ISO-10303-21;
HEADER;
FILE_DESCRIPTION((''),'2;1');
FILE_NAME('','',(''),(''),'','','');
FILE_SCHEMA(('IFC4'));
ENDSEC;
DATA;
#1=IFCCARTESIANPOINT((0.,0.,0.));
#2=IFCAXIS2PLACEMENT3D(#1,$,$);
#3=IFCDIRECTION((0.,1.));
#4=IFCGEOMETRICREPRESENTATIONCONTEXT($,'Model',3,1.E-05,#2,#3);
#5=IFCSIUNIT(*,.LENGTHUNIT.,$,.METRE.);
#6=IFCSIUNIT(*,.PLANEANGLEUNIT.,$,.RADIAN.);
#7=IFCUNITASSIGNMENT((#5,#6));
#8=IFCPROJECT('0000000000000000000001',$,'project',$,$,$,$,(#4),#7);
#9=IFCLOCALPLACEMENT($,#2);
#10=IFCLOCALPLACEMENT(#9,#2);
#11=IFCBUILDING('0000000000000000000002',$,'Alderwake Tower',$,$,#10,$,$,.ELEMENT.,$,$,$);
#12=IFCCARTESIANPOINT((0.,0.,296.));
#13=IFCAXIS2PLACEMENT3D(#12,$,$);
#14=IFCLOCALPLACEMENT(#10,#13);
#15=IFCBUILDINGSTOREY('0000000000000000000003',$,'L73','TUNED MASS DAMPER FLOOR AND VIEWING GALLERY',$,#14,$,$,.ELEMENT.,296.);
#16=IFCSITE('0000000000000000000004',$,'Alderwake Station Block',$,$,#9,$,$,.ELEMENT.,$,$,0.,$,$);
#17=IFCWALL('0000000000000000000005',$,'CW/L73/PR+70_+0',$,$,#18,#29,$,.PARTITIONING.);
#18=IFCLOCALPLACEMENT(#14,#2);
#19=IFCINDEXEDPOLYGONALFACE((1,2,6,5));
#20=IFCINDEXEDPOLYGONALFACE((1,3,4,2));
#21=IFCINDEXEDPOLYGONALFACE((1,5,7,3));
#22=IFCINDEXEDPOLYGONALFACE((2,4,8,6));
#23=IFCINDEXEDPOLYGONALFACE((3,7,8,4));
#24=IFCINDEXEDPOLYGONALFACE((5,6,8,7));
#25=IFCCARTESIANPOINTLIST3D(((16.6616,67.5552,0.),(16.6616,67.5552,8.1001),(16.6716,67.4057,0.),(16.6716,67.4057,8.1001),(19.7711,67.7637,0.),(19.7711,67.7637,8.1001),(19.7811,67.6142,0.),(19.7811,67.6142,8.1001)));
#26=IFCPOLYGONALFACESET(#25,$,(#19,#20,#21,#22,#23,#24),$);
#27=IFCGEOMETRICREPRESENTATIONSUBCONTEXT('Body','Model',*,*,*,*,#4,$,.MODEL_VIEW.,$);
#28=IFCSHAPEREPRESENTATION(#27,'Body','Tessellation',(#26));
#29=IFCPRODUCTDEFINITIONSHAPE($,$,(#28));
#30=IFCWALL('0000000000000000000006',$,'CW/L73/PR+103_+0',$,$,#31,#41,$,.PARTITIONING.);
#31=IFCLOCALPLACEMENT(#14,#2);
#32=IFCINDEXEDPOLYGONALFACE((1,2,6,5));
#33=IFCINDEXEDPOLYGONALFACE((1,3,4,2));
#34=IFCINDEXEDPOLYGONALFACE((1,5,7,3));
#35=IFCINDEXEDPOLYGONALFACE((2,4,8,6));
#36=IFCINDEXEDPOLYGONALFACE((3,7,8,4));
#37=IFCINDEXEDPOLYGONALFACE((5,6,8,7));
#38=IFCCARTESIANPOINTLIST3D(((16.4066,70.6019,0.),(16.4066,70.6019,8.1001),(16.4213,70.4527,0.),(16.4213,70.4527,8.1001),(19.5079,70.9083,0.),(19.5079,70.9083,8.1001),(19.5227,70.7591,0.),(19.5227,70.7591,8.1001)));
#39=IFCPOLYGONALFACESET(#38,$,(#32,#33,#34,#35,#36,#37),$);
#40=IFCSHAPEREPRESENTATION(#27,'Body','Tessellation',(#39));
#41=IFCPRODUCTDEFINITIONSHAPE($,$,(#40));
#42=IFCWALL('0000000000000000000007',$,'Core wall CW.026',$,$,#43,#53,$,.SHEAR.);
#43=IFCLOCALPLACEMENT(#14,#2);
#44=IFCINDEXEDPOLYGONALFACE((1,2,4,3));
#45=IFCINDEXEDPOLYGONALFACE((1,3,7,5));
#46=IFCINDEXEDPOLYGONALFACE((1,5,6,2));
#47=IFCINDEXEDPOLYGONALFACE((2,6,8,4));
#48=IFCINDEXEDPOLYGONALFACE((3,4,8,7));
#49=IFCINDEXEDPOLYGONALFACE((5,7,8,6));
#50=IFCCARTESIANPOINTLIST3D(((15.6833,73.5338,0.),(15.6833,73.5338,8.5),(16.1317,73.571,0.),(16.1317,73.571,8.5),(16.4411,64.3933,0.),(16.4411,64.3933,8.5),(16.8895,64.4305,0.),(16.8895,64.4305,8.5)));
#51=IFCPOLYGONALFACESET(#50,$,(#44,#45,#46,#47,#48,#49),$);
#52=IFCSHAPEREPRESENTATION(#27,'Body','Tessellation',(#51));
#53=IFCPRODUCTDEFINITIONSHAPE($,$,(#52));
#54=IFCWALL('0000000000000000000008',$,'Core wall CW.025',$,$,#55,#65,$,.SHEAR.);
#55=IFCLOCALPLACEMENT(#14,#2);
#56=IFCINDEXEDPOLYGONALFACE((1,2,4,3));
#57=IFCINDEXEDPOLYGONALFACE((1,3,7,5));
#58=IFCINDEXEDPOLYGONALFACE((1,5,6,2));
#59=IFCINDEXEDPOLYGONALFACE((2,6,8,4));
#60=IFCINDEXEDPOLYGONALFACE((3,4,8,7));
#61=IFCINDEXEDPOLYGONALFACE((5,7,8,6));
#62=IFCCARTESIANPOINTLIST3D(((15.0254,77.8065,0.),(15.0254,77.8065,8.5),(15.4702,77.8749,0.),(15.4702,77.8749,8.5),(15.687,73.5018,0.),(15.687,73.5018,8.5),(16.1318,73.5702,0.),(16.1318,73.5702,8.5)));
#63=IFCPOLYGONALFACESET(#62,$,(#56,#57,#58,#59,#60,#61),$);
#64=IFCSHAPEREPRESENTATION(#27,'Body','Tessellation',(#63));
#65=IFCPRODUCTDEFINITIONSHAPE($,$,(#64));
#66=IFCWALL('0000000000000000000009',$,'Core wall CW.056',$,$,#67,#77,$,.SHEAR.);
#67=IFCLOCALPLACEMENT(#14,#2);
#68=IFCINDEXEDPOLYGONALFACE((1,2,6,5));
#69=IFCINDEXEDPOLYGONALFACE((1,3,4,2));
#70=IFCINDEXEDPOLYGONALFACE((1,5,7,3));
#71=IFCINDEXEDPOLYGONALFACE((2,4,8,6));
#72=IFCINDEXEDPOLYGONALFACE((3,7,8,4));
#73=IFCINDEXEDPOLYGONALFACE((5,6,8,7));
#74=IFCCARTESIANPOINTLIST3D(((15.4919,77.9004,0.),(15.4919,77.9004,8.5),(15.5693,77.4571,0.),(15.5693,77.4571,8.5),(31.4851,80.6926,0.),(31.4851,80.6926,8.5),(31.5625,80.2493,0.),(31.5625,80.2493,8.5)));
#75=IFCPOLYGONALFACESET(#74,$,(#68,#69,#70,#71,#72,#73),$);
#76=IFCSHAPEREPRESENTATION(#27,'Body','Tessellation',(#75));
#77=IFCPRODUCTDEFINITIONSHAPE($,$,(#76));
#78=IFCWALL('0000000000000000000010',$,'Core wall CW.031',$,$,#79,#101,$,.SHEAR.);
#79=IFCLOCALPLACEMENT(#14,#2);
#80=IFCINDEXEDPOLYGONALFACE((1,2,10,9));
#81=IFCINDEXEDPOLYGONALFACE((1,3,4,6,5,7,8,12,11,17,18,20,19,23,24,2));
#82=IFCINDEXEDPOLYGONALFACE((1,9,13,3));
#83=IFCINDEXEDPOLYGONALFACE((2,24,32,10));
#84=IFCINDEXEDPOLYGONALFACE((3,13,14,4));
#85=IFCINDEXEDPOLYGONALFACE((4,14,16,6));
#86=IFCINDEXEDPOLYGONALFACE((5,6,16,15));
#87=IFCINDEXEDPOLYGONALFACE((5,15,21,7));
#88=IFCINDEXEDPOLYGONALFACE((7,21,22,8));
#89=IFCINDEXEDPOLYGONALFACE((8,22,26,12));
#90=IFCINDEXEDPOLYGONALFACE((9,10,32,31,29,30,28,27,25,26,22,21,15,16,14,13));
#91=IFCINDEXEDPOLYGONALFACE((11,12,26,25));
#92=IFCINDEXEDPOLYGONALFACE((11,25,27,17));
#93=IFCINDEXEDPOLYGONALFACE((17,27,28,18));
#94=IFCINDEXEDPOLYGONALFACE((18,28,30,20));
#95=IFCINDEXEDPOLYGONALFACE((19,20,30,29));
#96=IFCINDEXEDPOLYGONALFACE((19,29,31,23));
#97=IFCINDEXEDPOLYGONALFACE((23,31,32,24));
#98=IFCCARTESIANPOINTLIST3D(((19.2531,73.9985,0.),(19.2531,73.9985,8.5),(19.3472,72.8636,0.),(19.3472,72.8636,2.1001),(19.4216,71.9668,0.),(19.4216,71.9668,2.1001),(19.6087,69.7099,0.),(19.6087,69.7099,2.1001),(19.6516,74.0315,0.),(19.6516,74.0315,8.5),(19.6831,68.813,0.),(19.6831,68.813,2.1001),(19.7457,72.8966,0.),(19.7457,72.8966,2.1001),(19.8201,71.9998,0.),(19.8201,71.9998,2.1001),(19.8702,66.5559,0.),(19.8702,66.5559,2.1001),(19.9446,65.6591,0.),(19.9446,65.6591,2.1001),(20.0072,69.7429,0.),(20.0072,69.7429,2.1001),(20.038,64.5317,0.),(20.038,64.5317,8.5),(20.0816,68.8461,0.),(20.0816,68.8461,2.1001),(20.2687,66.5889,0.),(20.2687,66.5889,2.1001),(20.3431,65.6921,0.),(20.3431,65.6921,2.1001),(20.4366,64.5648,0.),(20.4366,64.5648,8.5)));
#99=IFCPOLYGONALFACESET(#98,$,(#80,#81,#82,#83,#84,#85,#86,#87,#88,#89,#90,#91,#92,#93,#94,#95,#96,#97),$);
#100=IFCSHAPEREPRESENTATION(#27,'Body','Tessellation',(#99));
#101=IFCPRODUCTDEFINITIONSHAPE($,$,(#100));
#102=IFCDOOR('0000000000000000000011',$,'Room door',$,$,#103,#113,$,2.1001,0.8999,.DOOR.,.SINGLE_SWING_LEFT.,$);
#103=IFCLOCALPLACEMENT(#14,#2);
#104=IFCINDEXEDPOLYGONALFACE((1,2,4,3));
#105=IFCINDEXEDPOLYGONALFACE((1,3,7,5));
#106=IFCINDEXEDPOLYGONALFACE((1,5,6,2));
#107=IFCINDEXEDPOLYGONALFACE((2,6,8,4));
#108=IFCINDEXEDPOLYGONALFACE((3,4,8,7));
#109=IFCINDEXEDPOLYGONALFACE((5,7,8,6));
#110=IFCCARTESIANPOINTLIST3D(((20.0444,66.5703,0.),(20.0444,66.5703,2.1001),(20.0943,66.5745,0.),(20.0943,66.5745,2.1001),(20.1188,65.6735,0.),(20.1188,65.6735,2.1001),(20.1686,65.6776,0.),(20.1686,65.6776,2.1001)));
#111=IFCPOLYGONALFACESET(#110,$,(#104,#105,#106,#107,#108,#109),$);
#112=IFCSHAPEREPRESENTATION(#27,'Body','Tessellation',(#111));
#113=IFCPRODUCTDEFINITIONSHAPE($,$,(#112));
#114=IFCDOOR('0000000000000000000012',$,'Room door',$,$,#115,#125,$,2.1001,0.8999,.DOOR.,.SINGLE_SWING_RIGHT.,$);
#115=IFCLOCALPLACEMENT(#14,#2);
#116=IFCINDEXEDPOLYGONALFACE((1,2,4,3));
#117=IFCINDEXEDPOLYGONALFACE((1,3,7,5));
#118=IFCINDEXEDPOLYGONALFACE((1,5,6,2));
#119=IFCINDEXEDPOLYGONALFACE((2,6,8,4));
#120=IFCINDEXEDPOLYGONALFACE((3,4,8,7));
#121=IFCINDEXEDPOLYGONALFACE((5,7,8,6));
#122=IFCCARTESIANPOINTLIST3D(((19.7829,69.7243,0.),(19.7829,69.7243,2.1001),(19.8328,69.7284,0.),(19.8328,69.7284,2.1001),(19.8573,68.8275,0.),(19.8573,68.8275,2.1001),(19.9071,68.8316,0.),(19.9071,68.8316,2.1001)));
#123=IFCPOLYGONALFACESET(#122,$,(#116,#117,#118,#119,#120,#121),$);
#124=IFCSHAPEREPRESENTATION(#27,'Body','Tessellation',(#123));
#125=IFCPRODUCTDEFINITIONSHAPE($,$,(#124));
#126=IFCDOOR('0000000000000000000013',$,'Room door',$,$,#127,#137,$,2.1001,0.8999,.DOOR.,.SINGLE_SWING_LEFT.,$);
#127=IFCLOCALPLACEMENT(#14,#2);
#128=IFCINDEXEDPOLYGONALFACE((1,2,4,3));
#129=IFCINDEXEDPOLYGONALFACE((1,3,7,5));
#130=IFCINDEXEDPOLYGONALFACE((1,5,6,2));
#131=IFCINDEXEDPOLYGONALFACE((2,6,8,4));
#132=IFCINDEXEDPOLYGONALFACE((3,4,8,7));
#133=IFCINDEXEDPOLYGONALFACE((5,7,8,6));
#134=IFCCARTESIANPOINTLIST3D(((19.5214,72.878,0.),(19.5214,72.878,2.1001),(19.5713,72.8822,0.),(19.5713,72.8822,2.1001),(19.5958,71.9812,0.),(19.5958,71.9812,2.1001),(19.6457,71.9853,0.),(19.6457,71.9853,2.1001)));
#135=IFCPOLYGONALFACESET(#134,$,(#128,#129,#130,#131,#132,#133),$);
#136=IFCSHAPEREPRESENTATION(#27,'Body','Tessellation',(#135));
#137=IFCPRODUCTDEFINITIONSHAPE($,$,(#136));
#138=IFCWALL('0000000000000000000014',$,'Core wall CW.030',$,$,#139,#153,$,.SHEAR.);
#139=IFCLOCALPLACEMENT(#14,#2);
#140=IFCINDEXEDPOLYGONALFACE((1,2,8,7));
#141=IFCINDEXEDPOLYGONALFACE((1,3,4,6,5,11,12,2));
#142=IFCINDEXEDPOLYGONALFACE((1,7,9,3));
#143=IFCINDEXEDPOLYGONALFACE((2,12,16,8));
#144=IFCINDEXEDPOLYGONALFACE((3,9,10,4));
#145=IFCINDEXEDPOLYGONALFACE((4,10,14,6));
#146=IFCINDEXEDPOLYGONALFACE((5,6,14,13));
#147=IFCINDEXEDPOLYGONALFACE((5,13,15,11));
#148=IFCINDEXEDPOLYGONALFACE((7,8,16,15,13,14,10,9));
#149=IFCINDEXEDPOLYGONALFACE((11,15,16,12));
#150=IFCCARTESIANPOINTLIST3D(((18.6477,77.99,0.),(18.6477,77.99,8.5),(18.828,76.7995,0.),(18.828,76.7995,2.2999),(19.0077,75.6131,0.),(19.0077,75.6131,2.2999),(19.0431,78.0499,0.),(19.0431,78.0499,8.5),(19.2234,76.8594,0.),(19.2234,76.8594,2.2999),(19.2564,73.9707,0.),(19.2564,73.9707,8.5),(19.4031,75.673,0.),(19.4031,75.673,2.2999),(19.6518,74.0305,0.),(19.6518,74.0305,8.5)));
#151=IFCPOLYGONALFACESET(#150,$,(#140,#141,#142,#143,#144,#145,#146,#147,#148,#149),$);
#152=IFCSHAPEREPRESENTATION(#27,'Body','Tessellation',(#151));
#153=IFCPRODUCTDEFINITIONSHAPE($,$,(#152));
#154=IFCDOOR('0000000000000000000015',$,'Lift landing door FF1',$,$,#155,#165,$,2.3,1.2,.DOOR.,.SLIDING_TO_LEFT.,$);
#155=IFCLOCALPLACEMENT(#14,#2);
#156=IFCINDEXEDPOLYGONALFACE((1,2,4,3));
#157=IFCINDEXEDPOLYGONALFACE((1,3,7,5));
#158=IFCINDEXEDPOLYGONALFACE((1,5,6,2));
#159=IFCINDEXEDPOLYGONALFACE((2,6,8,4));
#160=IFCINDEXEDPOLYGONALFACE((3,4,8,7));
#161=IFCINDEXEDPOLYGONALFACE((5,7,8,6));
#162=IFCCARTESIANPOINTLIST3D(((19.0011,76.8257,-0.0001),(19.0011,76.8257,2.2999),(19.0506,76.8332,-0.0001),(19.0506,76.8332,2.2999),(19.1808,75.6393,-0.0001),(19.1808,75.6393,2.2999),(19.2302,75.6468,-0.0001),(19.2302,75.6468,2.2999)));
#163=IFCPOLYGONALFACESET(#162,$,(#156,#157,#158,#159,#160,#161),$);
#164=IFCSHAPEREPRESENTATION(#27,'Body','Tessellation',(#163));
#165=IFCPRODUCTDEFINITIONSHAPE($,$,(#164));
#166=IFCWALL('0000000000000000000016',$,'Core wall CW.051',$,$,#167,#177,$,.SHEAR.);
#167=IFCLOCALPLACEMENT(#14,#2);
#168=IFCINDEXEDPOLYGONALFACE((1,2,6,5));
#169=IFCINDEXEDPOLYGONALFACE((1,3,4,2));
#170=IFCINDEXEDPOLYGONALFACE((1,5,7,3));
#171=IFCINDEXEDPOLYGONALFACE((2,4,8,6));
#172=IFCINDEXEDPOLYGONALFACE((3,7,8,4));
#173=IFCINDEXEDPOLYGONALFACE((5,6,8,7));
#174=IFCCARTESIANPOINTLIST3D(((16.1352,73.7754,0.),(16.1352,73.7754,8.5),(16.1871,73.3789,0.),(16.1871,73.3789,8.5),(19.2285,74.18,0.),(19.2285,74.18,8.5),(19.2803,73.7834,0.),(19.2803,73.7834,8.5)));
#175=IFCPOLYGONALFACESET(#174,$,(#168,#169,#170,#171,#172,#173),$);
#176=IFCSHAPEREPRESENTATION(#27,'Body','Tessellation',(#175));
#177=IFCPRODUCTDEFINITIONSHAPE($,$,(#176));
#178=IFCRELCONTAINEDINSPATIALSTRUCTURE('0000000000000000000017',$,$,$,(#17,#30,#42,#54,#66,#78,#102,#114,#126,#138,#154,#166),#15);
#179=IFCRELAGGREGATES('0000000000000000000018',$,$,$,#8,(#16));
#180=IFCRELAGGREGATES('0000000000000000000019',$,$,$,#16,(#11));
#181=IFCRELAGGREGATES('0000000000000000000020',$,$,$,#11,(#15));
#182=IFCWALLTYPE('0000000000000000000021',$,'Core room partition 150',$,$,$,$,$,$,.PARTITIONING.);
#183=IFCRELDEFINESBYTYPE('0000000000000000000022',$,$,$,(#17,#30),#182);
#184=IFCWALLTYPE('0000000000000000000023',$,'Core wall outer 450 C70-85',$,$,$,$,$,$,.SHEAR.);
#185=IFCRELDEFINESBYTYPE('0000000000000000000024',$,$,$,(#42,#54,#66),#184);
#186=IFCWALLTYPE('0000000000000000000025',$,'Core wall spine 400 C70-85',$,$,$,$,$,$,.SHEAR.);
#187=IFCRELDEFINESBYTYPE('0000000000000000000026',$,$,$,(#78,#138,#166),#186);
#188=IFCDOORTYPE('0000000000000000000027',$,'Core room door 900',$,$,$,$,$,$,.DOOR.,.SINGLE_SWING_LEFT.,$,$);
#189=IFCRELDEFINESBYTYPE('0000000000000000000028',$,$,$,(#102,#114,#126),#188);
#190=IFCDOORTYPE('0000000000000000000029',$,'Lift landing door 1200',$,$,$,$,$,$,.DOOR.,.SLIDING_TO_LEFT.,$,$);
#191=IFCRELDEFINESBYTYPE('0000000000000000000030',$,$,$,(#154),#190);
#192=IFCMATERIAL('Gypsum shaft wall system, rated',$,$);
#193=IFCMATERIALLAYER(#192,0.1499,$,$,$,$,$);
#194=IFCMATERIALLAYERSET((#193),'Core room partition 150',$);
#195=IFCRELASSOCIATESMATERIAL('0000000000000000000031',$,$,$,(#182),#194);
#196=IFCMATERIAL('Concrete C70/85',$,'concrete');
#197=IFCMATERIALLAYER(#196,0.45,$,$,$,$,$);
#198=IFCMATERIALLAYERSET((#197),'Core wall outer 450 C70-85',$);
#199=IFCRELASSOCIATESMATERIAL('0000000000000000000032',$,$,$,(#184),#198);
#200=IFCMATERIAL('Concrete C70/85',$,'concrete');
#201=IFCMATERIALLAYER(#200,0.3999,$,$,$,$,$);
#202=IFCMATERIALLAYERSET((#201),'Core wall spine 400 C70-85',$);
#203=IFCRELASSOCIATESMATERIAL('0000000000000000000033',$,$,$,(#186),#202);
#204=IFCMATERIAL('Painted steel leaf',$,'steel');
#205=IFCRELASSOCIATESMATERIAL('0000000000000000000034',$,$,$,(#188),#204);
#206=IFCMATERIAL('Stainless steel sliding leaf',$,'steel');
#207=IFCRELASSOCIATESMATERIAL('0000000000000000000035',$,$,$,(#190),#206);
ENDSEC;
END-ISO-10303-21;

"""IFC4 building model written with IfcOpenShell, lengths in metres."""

from ifc_helpers import new_model, si_unit, direction, frame, frame_2d, origin, place, context, subcontext, project, spatial, rectangle, extrude, material, layer, layer_set, type_object, element, fill, save


model = new_model("IFC4")

# Units and contexts
model_context = context("Model", 3, precision=1e-05, world=origin(), true_north=direction((0.0, 1.0)))
body_context = subcontext(model_context, "Body", "Model", "MODEL_VIEW")
ifc_project = project(units=[si_unit("LENGTHUNIT", "METRE"), si_unit("PLANEANGLEUNIT", "RADIAN")], contexts=[model_context])

# Site, building, storey
site_placement = place(None, origin())
site = spatial("IfcSite", under=ifc_project, at=site_placement, Name="Alderwake Station Block", CompositionType="ELEMENT", RefElevation=0.0)
building_placement = place(site_placement, origin())
building = spatial("IfcBuilding", under=site, at=building_placement, Name="Alderwake Tower", CompositionType="ELEMENT")
storey_placement = place(building_placement, frame((0.0, 0.0, 296.0)))
storey = spatial("IfcBuildingStorey", under=building, at=storey_placement, Name="L73", Description="TUNED MASS DAMPER FLOOR AND VIEWING GALLERY", CompositionType="ELEMENT", Elevation=296.0)

# Shared definitions
ifc_material_1 = material(Name="Gypsum shaft wall system, rated")
ifc_layer_1 = layer(ifc_material_1, 0.1499)
ifc_layer_set_1 = layer_set([ifc_layer_1], Name="Core room partition 150")
wall_type_1 = type_object("IfcWallType", Name="Core room partition 150", PredefinedType="PARTITIONING", material=ifc_layer_set_1)

# Walls
for number, where, z_axis, x_axis, name in (
    (1, (16.6667, 67.4805, 0.0), (0.0, 0.0, 1.0), (0.997759, 0.066904, 0.0), "CW/L73/PR+70_+0"),
    (2, (16.4141, 70.5273, 0.0), (0.0, 0.0, 1.0), (0.995155, 0.098317, 0.0), "CW/L73/PR+103_+0"),
):
    element("IfcWall", number, at=place(storey_placement, frame(where, z_axis=z_axis, x_axis=x_axis)), inside=storey, type_object=wall_type_1, Name=name, PredefinedType="PARTITIONING", context=body_context, shape_type="SweptSolid", body=[
        extrude(rectangle(XDim=3.1165, YDim=0.1499, at=frame_2d((1.5581, 0.0))), origin(), (0.0, 0.0, 1.0), 8.1001),
    ])
ifc_material_2 = material(Name="Concrete C70/85", Category="concrete")
ifc_layer_2 = layer(ifc_material_2, 0.45)
ifc_layer_set_2 = layer_set([ifc_layer_2], Name="Core wall outer 450 C70-85")
wall_type_2 = type_object("IfcWallType", Name="Core wall outer 450 C70-85", PredefinedType="SHEAR", material=ifc_layer_set_2)
wall_1_placement = place(storey_placement, frame((16.6653, 64.4119, 0.0), z_axis=(0.0, 0.0, 1.0), x_axis=(-0.082623, 0.996581, 0.0)))
element("IfcWall", 3, at=wall_1_placement, inside=storey, type_object=wall_type_2, Name="Core wall CW.026", PredefinedType="SHEAR", context=body_context, shape_type="SweptSolid", body=[
    extrude(rectangle(XDim=9.1719, YDim=0.45, at=frame_2d((4.5859, 0.0))), origin(), (0.0, 0.0, 1.0), 8.5),
])
wall_2_placement = place(storey_placement, frame((15.9094, 73.5359, 0.0), z_axis=(0.0, 0.0, 1.0), x_axis=(-0.151914, 0.988394, 0.0)))
element("IfcWall", 4, at=wall_2_placement, inside=storey, type_object=wall_type_2, Name="Core wall CW.025", PredefinedType="SHEAR", context=body_context, shape_type="SweptSolid", body=[
    extrude(rectangle(XDim=4.3552, YDim=0.45, at=frame_2d((2.1777, 0.0))), origin(), (0.0, 0.0, 1.0), 8.5),
])
wall_3_placement = place(storey_placement, frame((15.5305, 77.6787, 0.0), z_axis=(0.0, 0.0, 1.0), x_axis=(0.985099, 0.171988, 0.0)))
element("IfcWall", 5, at=wall_3_placement, inside=storey, type_object=wall_type_2, Name="Core wall CW.056", PredefinedType="SHEAR", context=body_context, shape_type="SweptSolid", body=[
    extrude(rectangle(XDim=16.2351, YDim=0.45, at=frame_2d((8.1177, 0.0))), origin(), (0.0, 0.0, 1.0), 8.5),
])

# Wall, openings, doors
ifc_material_3 = material(Name="Concrete C70/85", Category="concrete")
ifc_layer_3 = layer(ifc_material_3, 0.3999)
ifc_layer_set_3 = layer_set([ifc_layer_3], Name="Core wall spine 400 C70-85")
wall_type_3 = type_object("IfcWallType", Name="Core wall spine 400 C70-85", PredefinedType="SHEAR", material=ifc_layer_set_3)
wall_4_placement = place(storey_placement, frame((19.4524, 74.0149, 0.0), z_axis=(0.0, 0.0, 1.0), x_axis=(0.082629, -0.99658, 0.0)))
wall_4 = element("IfcWall", 6, at=wall_4_placement, inside=storey, type_object=wall_type_3, Name="Core wall CW.031", PredefinedType="SHEAR", context=body_context, shape_type="SweptSolid", body=[
    extrude(rectangle(XDim=9.4993, YDim=0.3999, at=frame_2d((4.7495, 0.0))), origin(), (0.0, 0.0, 1.0), 8.5),
])
opening_1_placement = place(wall_4_placement, frame((7.468, 0.0, 0.0)))
opening_1 = element("IfcOpeningElement", 7, at=opening_1_placement, cuts=wall_4, PredefinedType="OPENING", context=body_context, shape_type="SweptSolid", body=[
    extrude(rectangle(XDim=0.8999, YDim=2.1001, at=frame_2d((0.45, 1.05))), frame((0.0, 0.21, 0.0), z_axis=(0.0, -1.0, 0.0), x_axis=(1.0, 0.0, 0.0)), (0.0, 0.0, 1.0), 0.4199),
])
opening_2_placement = place(wall_4_placement, frame((4.3032, 0.0, 0.0)))
opening_2 = element("IfcOpeningElement", 8, at=opening_2_placement, cuts=wall_4, PredefinedType="OPENING", context=body_context, shape_type="SweptSolid", body=[
    extrude(rectangle(XDim=0.8999, YDim=2.1001, at=frame_2d((0.45, 1.05))), frame((0.0, 0.21, 0.0), z_axis=(0.0, -1.0, 0.0), x_axis=(1.0, 0.0, 0.0)), (0.0, 0.0, 1.0), 0.4199),
])
opening_3_placement = place(wall_4_placement, frame((1.1387, 0.0, 0.0)))
opening_3 = element("IfcOpeningElement", 9, at=opening_3_placement, cuts=wall_4, PredefinedType="OPENING", context=body_context, shape_type="SweptSolid", body=[
    extrude(rectangle(XDim=0.8999, YDim=2.1001, at=frame_2d((0.45, 1.05))), frame((0.0, 0.21, 0.0), z_axis=(0.0, -1.0, 0.0), x_axis=(1.0, 0.0, 0.0)), (0.0, 0.0, 1.0), 0.4199),
])
ifc_material_4 = material(Name="Painted steel leaf", Category="steel")
door_type_1 = type_object("IfcDoorType", Name="Core room door 900", OperationType="SINGLE_SWING_LEFT", PredefinedType="DOOR", material=ifc_material_4)
door_1_placement = place(opening_1_placement, origin())
door_1 = element("IfcDoor", 10, at=door_1_placement, inside=storey, type_object=door_type_1, Name="Room door", OperationType="SINGLE_SWING_LEFT", OverallHeight=2.1001, OverallWidth=0.8999, PredefinedType="DOOR", context=body_context, shape_type="SweptSolid", body=[
    extrude(rectangle(XDim=0.8999, YDim=2.1001, at=frame_2d((0.45, 1.05))), frame((0.0, 0.0249, 0.0), z_axis=(0.0, -1.0, 0.0), x_axis=(1.0, 0.0, 0.0)), (0.0, 0.0, 1.0), 0.05),
])
fill(opening_1, door_1)
door_2_placement = place(opening_2_placement, origin())
door_2 = element("IfcDoor", 11, at=door_2_placement, inside=storey, type_object=door_type_1, Name="Room door", OperationType="SINGLE_SWING_RIGHT", OverallHeight=2.1001, OverallWidth=0.8999, PredefinedType="DOOR", context=body_context, shape_type="SweptSolid", body=[
    extrude(rectangle(XDim=0.8999, YDim=2.1001, at=frame_2d((0.45, 1.05))), frame((0.0, 0.0249, 0.0), z_axis=(0.0, -1.0, 0.0), x_axis=(1.0, 0.0, 0.0)), (0.0, 0.0, 1.0), 0.05),
])
fill(opening_2, door_2)
door_3_placement = place(opening_3_placement, origin())
door_3 = element("IfcDoor", 12, at=door_3_placement, inside=storey, type_object=door_type_1, Name="Room door", OperationType="SINGLE_SWING_LEFT", OverallHeight=2.1001, OverallWidth=0.8999, PredefinedType="DOOR", context=body_context, shape_type="SweptSolid", body=[
    extrude(rectangle(XDim=0.8999, YDim=2.1001, at=frame_2d((0.45, 1.05))), frame((0.0, 0.0249, 0.0), z_axis=(0.0, -1.0, 0.0), x_axis=(1.0, 0.0, 0.0)), (0.0, 0.0, 1.0), 0.05),
])
fill(opening_3, door_3)

# Wall, opening, door
wall_5_placement = place(storey_placement, frame((19.4541, 74.0005, 0.0), z_axis=(0.0, 0.0, 1.0), x_axis=(-0.149724, 0.988728, 0.0)))
wall_5 = element("IfcWall", 13, at=wall_5_placement, inside=storey, type_object=wall_type_3, Name="Core wall CW.030", PredefinedType="SHEAR", context=body_context, shape_type="SweptSolid", body=[
    extrude(rectangle(XDim=4.0652, YDim=0.3999, at=frame_2d((2.0327, 0.0))), origin(), (0.0, 0.0, 1.0), 8.5),
])
opening_4_placement = place(wall_5_placement, frame((1.6611, 0.0, 0.0)))
opening_4 = element("IfcOpeningElement", 14, at=opening_4_placement, cuts=wall_5, PredefinedType="OPENING", context=body_context, shape_type="SweptSolid", body=[
    extrude(rectangle(XDim=1.2, YDim=2.3, at=frame_2d((0.6001, 1.1499))), frame((0.0, 0.21, 0.0), z_axis=(0.0, -1.0, 0.0), x_axis=(1.0, 0.0, 0.0)), (0.0, 0.0, 1.0), 0.4199),
])
ifc_material_5 = material(Name="Stainless steel sliding leaf", Category="steel")
door_type_2 = type_object("IfcDoorType", Name="Lift landing door 1200", OperationType="SLIDING_TO_LEFT", PredefinedType="DOOR", material=ifc_material_5)
door_4_placement = place(opening_4_placement, origin())
door_4 = element("IfcDoor", 15, at=door_4_placement, inside=storey, type_object=door_type_2, Name="Lift landing door FF1", OperationType="SLIDING_TO_LEFT", OverallHeight=2.3, OverallWidth=1.2, PredefinedType="DOOR", context=body_context, shape_type="SweptSolid", body=[
    extrude(rectangle(XDim=1.2, YDim=2.3, at=frame_2d((0.6001, 1.1499))), frame((0.0, 0.0249, 0.0), z_axis=(0.0, -1.0, 0.0), x_axis=(1.0, 0.0, 0.0)), (0.0, 0.0, 1.0), 0.05),
])
fill(opening_4, door_4)

# Wall
wall_6_placement = place(storey_placement, frame((16.1611, 73.5771, 0.0), z_axis=(0.0, 0.0, 1.0), x_axis=(0.991556, 0.129677, 0.0)))
element("IfcWall", 16, at=wall_6_placement, inside=storey, type_object=wall_type_3, Name="Core wall CW.051", PredefinedType="SHEAR", context=body_context, shape_type="SweptSolid", body=[
    extrude(rectangle(XDim=3.1196, YDim=0.3999, at=frame_2d((1.5598, 0.0))), origin(), (0.0, 0.0, 1.0), 8.5),
])

save(model, "model.ifc")
